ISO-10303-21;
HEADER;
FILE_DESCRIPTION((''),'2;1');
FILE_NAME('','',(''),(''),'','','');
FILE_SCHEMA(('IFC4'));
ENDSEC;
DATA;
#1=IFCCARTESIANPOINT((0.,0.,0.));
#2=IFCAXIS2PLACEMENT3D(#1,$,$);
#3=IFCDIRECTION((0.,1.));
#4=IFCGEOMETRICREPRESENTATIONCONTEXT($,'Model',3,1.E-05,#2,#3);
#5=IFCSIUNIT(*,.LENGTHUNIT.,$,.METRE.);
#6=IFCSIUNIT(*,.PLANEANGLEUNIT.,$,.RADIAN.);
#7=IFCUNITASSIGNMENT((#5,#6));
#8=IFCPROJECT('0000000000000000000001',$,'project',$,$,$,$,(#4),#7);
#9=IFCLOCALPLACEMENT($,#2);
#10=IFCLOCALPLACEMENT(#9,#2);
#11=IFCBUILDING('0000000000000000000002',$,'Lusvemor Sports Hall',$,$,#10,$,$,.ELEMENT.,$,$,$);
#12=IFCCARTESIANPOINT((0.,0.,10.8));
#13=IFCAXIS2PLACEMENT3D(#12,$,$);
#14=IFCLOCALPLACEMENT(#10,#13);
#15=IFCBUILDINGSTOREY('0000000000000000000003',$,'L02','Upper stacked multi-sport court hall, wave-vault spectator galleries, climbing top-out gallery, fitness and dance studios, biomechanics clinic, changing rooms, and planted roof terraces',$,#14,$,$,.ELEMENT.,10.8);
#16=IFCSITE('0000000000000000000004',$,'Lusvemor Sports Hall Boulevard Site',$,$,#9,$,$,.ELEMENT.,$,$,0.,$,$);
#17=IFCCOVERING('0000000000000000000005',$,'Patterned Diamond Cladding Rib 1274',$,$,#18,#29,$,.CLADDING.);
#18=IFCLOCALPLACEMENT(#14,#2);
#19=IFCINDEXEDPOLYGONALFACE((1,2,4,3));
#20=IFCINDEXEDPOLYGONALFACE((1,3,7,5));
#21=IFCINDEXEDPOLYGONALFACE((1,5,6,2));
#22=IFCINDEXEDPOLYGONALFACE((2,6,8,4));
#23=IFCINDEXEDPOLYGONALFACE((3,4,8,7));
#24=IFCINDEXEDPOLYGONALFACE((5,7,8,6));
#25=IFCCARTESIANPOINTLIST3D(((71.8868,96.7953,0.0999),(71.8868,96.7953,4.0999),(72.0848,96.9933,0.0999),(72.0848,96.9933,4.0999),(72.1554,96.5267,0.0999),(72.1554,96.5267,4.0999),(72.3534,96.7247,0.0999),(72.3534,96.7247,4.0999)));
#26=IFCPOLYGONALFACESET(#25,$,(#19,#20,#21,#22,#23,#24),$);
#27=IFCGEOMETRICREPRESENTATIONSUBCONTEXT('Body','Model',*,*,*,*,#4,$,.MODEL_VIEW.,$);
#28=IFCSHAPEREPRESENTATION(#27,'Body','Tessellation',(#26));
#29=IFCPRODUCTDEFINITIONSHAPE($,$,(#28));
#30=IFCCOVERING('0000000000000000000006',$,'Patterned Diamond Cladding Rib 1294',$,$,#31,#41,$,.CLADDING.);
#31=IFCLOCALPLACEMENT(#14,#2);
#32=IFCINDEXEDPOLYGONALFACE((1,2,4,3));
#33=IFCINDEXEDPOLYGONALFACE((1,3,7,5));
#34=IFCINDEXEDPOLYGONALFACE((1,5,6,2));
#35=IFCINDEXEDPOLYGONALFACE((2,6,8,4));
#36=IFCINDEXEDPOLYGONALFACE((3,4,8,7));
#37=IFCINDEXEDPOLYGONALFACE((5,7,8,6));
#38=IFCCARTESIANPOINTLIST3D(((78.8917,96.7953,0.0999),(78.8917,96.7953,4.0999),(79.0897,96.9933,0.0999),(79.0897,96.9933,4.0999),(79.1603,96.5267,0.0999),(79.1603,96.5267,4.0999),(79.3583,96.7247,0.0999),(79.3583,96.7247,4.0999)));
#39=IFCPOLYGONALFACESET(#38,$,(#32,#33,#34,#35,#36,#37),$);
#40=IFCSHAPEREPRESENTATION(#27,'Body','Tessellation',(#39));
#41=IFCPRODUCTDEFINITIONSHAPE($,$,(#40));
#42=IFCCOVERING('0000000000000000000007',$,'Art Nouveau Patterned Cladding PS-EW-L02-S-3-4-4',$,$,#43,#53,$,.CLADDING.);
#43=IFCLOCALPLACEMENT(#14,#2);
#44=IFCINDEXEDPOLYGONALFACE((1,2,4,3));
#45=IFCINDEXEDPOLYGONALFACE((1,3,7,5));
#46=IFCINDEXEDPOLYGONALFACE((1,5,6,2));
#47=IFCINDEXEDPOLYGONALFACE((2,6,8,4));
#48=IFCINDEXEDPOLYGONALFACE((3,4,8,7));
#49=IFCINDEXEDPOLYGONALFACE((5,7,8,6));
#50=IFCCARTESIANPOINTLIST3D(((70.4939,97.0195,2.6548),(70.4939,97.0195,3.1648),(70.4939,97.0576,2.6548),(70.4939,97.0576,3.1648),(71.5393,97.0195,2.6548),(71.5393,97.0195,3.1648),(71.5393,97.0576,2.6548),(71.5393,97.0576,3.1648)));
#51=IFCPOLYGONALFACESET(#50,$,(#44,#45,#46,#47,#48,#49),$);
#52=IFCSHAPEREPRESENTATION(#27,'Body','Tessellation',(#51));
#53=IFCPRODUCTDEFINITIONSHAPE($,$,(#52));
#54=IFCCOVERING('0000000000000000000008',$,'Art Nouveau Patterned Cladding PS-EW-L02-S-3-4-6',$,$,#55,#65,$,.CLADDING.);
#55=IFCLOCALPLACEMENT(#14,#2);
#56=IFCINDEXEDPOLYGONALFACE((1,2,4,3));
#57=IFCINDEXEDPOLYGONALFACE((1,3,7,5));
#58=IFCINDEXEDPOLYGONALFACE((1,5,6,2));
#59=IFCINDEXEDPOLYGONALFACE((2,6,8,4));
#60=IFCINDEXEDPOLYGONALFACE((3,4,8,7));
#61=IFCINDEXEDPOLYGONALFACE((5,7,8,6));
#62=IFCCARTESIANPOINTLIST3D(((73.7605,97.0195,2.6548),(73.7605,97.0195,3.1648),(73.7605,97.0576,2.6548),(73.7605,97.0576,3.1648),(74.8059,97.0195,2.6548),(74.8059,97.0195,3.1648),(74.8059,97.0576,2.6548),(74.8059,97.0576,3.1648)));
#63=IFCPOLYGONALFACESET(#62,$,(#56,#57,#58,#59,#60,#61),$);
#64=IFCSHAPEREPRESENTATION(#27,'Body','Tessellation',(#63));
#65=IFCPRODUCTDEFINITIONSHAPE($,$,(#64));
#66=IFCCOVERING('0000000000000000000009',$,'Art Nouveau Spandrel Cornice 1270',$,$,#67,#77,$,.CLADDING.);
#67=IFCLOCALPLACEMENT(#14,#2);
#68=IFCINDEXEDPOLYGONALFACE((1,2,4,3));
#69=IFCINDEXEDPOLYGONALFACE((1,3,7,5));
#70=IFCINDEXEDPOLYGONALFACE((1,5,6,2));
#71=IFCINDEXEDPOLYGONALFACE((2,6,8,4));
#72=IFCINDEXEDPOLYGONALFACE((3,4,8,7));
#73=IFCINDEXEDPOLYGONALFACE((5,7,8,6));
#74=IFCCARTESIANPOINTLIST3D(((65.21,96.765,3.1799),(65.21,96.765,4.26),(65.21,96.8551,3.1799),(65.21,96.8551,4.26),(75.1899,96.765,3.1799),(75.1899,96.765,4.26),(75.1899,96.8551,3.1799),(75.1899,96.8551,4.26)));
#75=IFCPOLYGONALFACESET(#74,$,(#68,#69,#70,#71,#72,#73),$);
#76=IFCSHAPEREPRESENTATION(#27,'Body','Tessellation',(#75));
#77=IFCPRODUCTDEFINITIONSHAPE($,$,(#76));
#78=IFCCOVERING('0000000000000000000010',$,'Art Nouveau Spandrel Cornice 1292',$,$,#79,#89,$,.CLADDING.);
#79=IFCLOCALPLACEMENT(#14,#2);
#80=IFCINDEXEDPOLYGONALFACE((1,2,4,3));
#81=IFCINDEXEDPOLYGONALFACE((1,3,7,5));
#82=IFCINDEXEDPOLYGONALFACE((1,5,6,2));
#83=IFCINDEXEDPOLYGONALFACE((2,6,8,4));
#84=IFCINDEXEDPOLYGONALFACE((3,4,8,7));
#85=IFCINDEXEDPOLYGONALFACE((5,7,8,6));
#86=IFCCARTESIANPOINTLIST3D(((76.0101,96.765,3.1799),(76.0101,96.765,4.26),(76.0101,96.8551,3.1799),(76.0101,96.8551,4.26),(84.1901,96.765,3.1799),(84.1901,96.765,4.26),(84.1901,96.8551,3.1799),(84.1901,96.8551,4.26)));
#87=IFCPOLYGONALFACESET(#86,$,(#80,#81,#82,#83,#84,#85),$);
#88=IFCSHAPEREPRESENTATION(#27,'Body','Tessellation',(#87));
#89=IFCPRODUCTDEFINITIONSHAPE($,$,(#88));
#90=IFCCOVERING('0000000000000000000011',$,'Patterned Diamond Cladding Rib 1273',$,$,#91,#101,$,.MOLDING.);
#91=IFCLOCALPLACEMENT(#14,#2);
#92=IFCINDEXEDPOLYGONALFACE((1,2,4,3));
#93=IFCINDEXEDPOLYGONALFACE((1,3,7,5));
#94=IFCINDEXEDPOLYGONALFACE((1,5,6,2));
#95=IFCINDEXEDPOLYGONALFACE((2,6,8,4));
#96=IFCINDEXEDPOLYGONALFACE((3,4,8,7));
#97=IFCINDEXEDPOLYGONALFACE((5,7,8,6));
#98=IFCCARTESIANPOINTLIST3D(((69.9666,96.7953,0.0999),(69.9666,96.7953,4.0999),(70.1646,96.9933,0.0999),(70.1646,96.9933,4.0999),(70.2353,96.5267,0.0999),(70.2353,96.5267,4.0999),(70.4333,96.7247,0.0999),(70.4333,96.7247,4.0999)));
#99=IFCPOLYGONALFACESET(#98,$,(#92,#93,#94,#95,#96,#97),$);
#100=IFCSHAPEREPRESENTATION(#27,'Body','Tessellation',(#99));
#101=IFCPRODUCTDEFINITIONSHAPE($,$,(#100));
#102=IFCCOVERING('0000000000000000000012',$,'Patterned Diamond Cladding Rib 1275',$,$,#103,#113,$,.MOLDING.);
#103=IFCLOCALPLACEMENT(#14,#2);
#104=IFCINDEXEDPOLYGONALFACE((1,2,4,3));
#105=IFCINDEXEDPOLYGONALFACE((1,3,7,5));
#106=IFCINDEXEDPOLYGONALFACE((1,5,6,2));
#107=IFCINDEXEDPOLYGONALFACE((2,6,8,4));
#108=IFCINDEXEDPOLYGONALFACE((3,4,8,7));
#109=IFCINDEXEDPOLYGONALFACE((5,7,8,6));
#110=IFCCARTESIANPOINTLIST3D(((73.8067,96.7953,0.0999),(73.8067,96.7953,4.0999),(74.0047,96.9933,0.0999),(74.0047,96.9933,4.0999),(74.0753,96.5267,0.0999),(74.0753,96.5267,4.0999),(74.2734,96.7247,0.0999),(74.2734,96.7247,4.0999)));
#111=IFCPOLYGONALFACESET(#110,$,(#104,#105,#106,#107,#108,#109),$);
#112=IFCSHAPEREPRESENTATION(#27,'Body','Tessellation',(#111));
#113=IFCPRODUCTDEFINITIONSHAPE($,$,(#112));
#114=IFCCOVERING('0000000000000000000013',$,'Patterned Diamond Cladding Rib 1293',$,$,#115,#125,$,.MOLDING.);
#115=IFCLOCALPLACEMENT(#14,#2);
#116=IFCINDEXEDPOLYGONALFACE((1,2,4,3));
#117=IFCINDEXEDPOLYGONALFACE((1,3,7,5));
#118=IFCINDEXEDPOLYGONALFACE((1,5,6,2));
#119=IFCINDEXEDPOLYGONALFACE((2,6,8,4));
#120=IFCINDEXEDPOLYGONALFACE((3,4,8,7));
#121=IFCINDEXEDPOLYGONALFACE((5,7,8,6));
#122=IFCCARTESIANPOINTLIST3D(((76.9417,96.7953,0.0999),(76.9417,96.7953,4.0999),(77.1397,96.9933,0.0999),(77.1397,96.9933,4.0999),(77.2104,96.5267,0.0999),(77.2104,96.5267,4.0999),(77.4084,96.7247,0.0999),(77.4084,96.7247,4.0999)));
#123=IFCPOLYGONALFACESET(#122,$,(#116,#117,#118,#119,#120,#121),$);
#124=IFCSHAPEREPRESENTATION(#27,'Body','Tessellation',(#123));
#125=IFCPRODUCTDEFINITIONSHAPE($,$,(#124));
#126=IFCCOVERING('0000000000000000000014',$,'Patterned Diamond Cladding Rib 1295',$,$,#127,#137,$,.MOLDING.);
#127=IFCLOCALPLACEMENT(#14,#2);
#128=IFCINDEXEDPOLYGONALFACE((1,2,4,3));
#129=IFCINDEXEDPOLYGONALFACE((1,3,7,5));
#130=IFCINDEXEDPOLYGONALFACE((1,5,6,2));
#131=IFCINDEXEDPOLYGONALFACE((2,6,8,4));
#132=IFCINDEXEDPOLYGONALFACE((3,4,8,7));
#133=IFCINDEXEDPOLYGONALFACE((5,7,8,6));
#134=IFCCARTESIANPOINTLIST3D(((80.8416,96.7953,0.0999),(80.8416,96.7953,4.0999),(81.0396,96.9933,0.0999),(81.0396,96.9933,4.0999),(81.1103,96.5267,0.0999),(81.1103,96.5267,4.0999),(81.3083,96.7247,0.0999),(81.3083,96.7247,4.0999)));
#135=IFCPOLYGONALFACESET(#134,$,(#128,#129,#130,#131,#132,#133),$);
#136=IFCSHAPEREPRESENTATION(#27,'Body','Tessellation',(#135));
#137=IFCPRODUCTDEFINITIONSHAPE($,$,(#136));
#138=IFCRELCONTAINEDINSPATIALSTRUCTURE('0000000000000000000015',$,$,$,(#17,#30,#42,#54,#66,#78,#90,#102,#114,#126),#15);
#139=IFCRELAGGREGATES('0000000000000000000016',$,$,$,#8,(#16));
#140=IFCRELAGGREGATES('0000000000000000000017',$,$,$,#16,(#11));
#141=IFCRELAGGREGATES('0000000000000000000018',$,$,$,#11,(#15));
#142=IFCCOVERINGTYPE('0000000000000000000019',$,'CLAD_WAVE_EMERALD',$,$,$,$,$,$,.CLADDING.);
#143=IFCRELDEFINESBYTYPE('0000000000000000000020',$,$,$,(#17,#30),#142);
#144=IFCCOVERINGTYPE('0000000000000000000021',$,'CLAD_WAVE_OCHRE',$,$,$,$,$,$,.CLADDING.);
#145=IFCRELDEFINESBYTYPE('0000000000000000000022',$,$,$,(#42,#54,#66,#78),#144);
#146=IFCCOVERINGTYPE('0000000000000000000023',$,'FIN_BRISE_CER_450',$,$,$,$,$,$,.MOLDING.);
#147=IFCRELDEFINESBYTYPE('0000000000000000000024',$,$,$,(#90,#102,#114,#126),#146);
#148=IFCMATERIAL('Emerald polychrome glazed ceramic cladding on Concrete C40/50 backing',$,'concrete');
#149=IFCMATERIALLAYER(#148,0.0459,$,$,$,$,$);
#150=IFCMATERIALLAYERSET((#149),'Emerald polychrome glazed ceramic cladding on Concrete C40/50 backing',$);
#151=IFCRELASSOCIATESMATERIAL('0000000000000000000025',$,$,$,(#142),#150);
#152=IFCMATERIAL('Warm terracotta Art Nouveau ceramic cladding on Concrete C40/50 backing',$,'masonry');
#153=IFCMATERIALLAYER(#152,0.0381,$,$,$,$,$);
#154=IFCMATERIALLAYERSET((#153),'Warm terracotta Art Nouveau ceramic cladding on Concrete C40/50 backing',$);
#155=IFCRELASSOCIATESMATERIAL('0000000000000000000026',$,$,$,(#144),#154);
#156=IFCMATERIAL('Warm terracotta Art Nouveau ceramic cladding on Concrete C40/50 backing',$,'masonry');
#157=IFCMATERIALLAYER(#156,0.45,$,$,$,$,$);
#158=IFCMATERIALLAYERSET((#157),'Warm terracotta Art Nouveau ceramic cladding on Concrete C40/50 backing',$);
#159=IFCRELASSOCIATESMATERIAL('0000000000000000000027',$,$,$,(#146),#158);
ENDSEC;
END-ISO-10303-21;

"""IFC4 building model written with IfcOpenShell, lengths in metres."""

from ifc_helpers import new_model, si_unit, direction, frame, origin, origin_2d, place, context, subcontext, project, spatial, rectangle, extrude, material, layer, layer_set, type_object, element, save


model = new_model("IFC4")

# Units and contexts
model_context = context("Model", 3, precision=1e-05, world=origin(), true_north=direction((0.0, 1.0)))
body_context = subcontext(model_context, "Body", "Model", "MODEL_VIEW")
ifc_project = project(units=[si_unit("LENGTHUNIT", "METRE"), si_unit("PLANEANGLEUNIT", "RADIAN")], contexts=[model_context])

# Site, building, storey
site_placement = place(None, origin())
site = spatial("IfcSite", under=ifc_project, at=site_placement, Name="Lusvemor Sports Hall Boulevard Site", CompositionType="ELEMENT", RefElevation=0.0)
building_placement = place(site_placement, origin())
building = spatial("IfcBuilding", under=site, at=building_placement, Name="Lusvemor Sports Hall", CompositionType="ELEMENT")
storey_placement = place(building_placement, frame((0.0, 0.0, 10.8)))
storey = spatial("IfcBuildingStorey", under=building, at=storey_placement, Name="L02", Description="Upper stacked multi-sport court hall, wave-vault spectator galleries, climbing top-out gallery, fitness and dance studios, biomechanics clinic, changing rooms, and planted roof terraces", CompositionType="ELEMENT", Elevation=10.8)

# Coverings
ifc_material_1 = material(Name="Emerald polychrome glazed ceramic cladding on Concrete C40/50 backing", Category="concrete")
ifc_layer_1 = layer(ifc_material_1, 0.0459)
ifc_layer_set_1 = layer_set([ifc_layer_1], Name="Emerald polychrome glazed ceramic cladding on Concrete C40/50 backing")
covering_type_1 = type_object("IfcCoveringType", Name="CLAD_WAVE_EMERALD", PredefinedType="CLADDING", material=ifc_layer_set_1)
for number, where, z_axis, x_axis, name in (
    (1, (72.1201, 96.76, 0.0999), (0.0, 0.0, 1.0), (0.707107, 0.707107, 0.0), "Patterned Diamond Cladding Rib 1274"),
    (2, (79.125, 96.76, 0.0999), (0.0, 0.0, 1.0), (0.707107, 0.707107, 0.0), "Patterned Diamond Cladding Rib 1294"),
):
    element("IfcCovering", number, at=place(storey_placement, frame(where, z_axis=z_axis, x_axis=x_axis)), inside=storey, type_object=covering_type_1, Name=name, PredefinedType="CLADDING", context=body_context, shape_type="SweptSolid", body=[
        extrude(rectangle(XDim=0.28, YDim=0.3799, at=origin_2d()), origin(), (0.0, 0.0, 1.0), 4.0),
    ])
ifc_material_2 = material(Name="Warm terracotta Art Nouveau ceramic cladding on Concrete C40/50 backing", Category="masonry")
ifc_layer_2 = layer(ifc_material_2, 0.0381)
ifc_layer_set_2 = layer_set([ifc_layer_2], Name="Warm terracotta Art Nouveau ceramic cladding on Concrete C40/50 backing")
covering_type_2 = type_object("IfcCoveringType", Name="CLAD_WAVE_OCHRE", PredefinedType="CLADDING", material=ifc_layer_set_2)
for number, where, z_axis, x_axis, name in (
    (3, (71.0166, 97.0386, 2.6548), (0.0, 0.0, 1.0), (1.0, 0.0, 0.0), "Art Nouveau Patterned Cladding PS-EW-L02-S-3-4-4"),
    (4, (74.2832, 97.0386, 2.6548), (0.0, 0.0, 1.0), (1.0, 0.0, 0.0), "Art Nouveau Patterned Cladding PS-EW-L02-S-3-4-6"),
):
    element("IfcCovering", number, at=place(storey_placement, frame(where, z_axis=z_axis, x_axis=x_axis)), inside=storey, type_object=covering_type_2, Name=name, PredefinedType="CLADDING", context=body_context, shape_type="SweptSolid", body=[
        extrude(rectangle(XDim=1.0454, YDim=0.0381, at=origin_2d()), origin(), (0.0, 0.0, 1.0), 0.51),
    ])
covering_1_placement = place(storey_placement, frame((70.2, 96.8101, 3.1799), z_axis=(0.0, 0.0, 1.0), x_axis=(1.0, 0.0, 0.0)))
element("IfcCovering", 5, at=covering_1_placement, inside=storey, type_object=covering_type_2, Name="Art Nouveau Spandrel Cornice 1270", PredefinedType="CLADDING", context=body_context, shape_type="SweptSolid", body=[
    extrude(rectangle(XDim=9.98, YDim=0.0901, at=origin_2d()), origin(), (0.0, 0.0, 1.0), 1.0801),
])
covering_2_placement = place(storey_placement, frame((80.1001, 96.8101, 3.1799), z_axis=(0.0, 0.0, 1.0), x_axis=(1.0, 0.0, 0.0)))
element("IfcCovering", 6, at=covering_2_placement, inside=storey, type_object=covering_type_2, Name="Art Nouveau Spandrel Cornice 1292", PredefinedType="CLADDING", context=body_context, shape_type="SweptSolid", body=[
    extrude(rectangle(XDim=8.1799, YDim=0.0901, at=origin_2d()), origin(), (0.0, 0.0, 1.0), 1.0801),
])
ifc_material_3 = material(Name="Warm terracotta Art Nouveau ceramic cladding on Concrete C40/50 backing", Category="masonry")
ifc_layer_3 = layer(ifc_material_3, 0.45)
ifc_layer_set_3 = layer_set([ifc_layer_3], Name="Warm terracotta Art Nouveau ceramic cladding on Concrete C40/50 backing")
covering_type_3 = type_object("IfcCoveringType", Name="FIN_BRISE_CER_450", PredefinedType="MOLDING", material=ifc_layer_set_3)
for number, where, z_axis, x_axis, name in (
    (7, (70.2, 96.76, 0.0999), (0.0, 0.0, 1.0), (0.707107, 0.707107, 0.0), "Patterned Diamond Cladding Rib 1273"),
    (8, (74.04, 96.76, 0.0999), (0.0, 0.0, 1.0), (0.707107, 0.707107, 0.0), "Patterned Diamond Cladding Rib 1275"),
    (9, (77.175, 96.76, 0.0999), (0.0, 0.0, 1.0), (0.707107, 0.707107, 0.0), "Patterned Diamond Cladding Rib 1293"),
    (10, (81.075, 96.76, 0.0999), (0.0, 0.0, 1.0), (0.707107, 0.707107, 0.0), "Patterned Diamond Cladding Rib 1295"),
):
    element("IfcCovering", number, at=place(storey_placement, frame(where, z_axis=z_axis, x_axis=x_axis)), inside=storey, type_object=covering_type_3, Name=name, PredefinedType="MOLDING", context=body_context, shape_type="SweptSolid", body=[
        extrude(rectangle(XDim=0.28, YDim=0.3799, at=origin_2d()), origin(), (0.0, 0.0, 1.0), 4.0),
    ])

save(model, "model.ifc")
